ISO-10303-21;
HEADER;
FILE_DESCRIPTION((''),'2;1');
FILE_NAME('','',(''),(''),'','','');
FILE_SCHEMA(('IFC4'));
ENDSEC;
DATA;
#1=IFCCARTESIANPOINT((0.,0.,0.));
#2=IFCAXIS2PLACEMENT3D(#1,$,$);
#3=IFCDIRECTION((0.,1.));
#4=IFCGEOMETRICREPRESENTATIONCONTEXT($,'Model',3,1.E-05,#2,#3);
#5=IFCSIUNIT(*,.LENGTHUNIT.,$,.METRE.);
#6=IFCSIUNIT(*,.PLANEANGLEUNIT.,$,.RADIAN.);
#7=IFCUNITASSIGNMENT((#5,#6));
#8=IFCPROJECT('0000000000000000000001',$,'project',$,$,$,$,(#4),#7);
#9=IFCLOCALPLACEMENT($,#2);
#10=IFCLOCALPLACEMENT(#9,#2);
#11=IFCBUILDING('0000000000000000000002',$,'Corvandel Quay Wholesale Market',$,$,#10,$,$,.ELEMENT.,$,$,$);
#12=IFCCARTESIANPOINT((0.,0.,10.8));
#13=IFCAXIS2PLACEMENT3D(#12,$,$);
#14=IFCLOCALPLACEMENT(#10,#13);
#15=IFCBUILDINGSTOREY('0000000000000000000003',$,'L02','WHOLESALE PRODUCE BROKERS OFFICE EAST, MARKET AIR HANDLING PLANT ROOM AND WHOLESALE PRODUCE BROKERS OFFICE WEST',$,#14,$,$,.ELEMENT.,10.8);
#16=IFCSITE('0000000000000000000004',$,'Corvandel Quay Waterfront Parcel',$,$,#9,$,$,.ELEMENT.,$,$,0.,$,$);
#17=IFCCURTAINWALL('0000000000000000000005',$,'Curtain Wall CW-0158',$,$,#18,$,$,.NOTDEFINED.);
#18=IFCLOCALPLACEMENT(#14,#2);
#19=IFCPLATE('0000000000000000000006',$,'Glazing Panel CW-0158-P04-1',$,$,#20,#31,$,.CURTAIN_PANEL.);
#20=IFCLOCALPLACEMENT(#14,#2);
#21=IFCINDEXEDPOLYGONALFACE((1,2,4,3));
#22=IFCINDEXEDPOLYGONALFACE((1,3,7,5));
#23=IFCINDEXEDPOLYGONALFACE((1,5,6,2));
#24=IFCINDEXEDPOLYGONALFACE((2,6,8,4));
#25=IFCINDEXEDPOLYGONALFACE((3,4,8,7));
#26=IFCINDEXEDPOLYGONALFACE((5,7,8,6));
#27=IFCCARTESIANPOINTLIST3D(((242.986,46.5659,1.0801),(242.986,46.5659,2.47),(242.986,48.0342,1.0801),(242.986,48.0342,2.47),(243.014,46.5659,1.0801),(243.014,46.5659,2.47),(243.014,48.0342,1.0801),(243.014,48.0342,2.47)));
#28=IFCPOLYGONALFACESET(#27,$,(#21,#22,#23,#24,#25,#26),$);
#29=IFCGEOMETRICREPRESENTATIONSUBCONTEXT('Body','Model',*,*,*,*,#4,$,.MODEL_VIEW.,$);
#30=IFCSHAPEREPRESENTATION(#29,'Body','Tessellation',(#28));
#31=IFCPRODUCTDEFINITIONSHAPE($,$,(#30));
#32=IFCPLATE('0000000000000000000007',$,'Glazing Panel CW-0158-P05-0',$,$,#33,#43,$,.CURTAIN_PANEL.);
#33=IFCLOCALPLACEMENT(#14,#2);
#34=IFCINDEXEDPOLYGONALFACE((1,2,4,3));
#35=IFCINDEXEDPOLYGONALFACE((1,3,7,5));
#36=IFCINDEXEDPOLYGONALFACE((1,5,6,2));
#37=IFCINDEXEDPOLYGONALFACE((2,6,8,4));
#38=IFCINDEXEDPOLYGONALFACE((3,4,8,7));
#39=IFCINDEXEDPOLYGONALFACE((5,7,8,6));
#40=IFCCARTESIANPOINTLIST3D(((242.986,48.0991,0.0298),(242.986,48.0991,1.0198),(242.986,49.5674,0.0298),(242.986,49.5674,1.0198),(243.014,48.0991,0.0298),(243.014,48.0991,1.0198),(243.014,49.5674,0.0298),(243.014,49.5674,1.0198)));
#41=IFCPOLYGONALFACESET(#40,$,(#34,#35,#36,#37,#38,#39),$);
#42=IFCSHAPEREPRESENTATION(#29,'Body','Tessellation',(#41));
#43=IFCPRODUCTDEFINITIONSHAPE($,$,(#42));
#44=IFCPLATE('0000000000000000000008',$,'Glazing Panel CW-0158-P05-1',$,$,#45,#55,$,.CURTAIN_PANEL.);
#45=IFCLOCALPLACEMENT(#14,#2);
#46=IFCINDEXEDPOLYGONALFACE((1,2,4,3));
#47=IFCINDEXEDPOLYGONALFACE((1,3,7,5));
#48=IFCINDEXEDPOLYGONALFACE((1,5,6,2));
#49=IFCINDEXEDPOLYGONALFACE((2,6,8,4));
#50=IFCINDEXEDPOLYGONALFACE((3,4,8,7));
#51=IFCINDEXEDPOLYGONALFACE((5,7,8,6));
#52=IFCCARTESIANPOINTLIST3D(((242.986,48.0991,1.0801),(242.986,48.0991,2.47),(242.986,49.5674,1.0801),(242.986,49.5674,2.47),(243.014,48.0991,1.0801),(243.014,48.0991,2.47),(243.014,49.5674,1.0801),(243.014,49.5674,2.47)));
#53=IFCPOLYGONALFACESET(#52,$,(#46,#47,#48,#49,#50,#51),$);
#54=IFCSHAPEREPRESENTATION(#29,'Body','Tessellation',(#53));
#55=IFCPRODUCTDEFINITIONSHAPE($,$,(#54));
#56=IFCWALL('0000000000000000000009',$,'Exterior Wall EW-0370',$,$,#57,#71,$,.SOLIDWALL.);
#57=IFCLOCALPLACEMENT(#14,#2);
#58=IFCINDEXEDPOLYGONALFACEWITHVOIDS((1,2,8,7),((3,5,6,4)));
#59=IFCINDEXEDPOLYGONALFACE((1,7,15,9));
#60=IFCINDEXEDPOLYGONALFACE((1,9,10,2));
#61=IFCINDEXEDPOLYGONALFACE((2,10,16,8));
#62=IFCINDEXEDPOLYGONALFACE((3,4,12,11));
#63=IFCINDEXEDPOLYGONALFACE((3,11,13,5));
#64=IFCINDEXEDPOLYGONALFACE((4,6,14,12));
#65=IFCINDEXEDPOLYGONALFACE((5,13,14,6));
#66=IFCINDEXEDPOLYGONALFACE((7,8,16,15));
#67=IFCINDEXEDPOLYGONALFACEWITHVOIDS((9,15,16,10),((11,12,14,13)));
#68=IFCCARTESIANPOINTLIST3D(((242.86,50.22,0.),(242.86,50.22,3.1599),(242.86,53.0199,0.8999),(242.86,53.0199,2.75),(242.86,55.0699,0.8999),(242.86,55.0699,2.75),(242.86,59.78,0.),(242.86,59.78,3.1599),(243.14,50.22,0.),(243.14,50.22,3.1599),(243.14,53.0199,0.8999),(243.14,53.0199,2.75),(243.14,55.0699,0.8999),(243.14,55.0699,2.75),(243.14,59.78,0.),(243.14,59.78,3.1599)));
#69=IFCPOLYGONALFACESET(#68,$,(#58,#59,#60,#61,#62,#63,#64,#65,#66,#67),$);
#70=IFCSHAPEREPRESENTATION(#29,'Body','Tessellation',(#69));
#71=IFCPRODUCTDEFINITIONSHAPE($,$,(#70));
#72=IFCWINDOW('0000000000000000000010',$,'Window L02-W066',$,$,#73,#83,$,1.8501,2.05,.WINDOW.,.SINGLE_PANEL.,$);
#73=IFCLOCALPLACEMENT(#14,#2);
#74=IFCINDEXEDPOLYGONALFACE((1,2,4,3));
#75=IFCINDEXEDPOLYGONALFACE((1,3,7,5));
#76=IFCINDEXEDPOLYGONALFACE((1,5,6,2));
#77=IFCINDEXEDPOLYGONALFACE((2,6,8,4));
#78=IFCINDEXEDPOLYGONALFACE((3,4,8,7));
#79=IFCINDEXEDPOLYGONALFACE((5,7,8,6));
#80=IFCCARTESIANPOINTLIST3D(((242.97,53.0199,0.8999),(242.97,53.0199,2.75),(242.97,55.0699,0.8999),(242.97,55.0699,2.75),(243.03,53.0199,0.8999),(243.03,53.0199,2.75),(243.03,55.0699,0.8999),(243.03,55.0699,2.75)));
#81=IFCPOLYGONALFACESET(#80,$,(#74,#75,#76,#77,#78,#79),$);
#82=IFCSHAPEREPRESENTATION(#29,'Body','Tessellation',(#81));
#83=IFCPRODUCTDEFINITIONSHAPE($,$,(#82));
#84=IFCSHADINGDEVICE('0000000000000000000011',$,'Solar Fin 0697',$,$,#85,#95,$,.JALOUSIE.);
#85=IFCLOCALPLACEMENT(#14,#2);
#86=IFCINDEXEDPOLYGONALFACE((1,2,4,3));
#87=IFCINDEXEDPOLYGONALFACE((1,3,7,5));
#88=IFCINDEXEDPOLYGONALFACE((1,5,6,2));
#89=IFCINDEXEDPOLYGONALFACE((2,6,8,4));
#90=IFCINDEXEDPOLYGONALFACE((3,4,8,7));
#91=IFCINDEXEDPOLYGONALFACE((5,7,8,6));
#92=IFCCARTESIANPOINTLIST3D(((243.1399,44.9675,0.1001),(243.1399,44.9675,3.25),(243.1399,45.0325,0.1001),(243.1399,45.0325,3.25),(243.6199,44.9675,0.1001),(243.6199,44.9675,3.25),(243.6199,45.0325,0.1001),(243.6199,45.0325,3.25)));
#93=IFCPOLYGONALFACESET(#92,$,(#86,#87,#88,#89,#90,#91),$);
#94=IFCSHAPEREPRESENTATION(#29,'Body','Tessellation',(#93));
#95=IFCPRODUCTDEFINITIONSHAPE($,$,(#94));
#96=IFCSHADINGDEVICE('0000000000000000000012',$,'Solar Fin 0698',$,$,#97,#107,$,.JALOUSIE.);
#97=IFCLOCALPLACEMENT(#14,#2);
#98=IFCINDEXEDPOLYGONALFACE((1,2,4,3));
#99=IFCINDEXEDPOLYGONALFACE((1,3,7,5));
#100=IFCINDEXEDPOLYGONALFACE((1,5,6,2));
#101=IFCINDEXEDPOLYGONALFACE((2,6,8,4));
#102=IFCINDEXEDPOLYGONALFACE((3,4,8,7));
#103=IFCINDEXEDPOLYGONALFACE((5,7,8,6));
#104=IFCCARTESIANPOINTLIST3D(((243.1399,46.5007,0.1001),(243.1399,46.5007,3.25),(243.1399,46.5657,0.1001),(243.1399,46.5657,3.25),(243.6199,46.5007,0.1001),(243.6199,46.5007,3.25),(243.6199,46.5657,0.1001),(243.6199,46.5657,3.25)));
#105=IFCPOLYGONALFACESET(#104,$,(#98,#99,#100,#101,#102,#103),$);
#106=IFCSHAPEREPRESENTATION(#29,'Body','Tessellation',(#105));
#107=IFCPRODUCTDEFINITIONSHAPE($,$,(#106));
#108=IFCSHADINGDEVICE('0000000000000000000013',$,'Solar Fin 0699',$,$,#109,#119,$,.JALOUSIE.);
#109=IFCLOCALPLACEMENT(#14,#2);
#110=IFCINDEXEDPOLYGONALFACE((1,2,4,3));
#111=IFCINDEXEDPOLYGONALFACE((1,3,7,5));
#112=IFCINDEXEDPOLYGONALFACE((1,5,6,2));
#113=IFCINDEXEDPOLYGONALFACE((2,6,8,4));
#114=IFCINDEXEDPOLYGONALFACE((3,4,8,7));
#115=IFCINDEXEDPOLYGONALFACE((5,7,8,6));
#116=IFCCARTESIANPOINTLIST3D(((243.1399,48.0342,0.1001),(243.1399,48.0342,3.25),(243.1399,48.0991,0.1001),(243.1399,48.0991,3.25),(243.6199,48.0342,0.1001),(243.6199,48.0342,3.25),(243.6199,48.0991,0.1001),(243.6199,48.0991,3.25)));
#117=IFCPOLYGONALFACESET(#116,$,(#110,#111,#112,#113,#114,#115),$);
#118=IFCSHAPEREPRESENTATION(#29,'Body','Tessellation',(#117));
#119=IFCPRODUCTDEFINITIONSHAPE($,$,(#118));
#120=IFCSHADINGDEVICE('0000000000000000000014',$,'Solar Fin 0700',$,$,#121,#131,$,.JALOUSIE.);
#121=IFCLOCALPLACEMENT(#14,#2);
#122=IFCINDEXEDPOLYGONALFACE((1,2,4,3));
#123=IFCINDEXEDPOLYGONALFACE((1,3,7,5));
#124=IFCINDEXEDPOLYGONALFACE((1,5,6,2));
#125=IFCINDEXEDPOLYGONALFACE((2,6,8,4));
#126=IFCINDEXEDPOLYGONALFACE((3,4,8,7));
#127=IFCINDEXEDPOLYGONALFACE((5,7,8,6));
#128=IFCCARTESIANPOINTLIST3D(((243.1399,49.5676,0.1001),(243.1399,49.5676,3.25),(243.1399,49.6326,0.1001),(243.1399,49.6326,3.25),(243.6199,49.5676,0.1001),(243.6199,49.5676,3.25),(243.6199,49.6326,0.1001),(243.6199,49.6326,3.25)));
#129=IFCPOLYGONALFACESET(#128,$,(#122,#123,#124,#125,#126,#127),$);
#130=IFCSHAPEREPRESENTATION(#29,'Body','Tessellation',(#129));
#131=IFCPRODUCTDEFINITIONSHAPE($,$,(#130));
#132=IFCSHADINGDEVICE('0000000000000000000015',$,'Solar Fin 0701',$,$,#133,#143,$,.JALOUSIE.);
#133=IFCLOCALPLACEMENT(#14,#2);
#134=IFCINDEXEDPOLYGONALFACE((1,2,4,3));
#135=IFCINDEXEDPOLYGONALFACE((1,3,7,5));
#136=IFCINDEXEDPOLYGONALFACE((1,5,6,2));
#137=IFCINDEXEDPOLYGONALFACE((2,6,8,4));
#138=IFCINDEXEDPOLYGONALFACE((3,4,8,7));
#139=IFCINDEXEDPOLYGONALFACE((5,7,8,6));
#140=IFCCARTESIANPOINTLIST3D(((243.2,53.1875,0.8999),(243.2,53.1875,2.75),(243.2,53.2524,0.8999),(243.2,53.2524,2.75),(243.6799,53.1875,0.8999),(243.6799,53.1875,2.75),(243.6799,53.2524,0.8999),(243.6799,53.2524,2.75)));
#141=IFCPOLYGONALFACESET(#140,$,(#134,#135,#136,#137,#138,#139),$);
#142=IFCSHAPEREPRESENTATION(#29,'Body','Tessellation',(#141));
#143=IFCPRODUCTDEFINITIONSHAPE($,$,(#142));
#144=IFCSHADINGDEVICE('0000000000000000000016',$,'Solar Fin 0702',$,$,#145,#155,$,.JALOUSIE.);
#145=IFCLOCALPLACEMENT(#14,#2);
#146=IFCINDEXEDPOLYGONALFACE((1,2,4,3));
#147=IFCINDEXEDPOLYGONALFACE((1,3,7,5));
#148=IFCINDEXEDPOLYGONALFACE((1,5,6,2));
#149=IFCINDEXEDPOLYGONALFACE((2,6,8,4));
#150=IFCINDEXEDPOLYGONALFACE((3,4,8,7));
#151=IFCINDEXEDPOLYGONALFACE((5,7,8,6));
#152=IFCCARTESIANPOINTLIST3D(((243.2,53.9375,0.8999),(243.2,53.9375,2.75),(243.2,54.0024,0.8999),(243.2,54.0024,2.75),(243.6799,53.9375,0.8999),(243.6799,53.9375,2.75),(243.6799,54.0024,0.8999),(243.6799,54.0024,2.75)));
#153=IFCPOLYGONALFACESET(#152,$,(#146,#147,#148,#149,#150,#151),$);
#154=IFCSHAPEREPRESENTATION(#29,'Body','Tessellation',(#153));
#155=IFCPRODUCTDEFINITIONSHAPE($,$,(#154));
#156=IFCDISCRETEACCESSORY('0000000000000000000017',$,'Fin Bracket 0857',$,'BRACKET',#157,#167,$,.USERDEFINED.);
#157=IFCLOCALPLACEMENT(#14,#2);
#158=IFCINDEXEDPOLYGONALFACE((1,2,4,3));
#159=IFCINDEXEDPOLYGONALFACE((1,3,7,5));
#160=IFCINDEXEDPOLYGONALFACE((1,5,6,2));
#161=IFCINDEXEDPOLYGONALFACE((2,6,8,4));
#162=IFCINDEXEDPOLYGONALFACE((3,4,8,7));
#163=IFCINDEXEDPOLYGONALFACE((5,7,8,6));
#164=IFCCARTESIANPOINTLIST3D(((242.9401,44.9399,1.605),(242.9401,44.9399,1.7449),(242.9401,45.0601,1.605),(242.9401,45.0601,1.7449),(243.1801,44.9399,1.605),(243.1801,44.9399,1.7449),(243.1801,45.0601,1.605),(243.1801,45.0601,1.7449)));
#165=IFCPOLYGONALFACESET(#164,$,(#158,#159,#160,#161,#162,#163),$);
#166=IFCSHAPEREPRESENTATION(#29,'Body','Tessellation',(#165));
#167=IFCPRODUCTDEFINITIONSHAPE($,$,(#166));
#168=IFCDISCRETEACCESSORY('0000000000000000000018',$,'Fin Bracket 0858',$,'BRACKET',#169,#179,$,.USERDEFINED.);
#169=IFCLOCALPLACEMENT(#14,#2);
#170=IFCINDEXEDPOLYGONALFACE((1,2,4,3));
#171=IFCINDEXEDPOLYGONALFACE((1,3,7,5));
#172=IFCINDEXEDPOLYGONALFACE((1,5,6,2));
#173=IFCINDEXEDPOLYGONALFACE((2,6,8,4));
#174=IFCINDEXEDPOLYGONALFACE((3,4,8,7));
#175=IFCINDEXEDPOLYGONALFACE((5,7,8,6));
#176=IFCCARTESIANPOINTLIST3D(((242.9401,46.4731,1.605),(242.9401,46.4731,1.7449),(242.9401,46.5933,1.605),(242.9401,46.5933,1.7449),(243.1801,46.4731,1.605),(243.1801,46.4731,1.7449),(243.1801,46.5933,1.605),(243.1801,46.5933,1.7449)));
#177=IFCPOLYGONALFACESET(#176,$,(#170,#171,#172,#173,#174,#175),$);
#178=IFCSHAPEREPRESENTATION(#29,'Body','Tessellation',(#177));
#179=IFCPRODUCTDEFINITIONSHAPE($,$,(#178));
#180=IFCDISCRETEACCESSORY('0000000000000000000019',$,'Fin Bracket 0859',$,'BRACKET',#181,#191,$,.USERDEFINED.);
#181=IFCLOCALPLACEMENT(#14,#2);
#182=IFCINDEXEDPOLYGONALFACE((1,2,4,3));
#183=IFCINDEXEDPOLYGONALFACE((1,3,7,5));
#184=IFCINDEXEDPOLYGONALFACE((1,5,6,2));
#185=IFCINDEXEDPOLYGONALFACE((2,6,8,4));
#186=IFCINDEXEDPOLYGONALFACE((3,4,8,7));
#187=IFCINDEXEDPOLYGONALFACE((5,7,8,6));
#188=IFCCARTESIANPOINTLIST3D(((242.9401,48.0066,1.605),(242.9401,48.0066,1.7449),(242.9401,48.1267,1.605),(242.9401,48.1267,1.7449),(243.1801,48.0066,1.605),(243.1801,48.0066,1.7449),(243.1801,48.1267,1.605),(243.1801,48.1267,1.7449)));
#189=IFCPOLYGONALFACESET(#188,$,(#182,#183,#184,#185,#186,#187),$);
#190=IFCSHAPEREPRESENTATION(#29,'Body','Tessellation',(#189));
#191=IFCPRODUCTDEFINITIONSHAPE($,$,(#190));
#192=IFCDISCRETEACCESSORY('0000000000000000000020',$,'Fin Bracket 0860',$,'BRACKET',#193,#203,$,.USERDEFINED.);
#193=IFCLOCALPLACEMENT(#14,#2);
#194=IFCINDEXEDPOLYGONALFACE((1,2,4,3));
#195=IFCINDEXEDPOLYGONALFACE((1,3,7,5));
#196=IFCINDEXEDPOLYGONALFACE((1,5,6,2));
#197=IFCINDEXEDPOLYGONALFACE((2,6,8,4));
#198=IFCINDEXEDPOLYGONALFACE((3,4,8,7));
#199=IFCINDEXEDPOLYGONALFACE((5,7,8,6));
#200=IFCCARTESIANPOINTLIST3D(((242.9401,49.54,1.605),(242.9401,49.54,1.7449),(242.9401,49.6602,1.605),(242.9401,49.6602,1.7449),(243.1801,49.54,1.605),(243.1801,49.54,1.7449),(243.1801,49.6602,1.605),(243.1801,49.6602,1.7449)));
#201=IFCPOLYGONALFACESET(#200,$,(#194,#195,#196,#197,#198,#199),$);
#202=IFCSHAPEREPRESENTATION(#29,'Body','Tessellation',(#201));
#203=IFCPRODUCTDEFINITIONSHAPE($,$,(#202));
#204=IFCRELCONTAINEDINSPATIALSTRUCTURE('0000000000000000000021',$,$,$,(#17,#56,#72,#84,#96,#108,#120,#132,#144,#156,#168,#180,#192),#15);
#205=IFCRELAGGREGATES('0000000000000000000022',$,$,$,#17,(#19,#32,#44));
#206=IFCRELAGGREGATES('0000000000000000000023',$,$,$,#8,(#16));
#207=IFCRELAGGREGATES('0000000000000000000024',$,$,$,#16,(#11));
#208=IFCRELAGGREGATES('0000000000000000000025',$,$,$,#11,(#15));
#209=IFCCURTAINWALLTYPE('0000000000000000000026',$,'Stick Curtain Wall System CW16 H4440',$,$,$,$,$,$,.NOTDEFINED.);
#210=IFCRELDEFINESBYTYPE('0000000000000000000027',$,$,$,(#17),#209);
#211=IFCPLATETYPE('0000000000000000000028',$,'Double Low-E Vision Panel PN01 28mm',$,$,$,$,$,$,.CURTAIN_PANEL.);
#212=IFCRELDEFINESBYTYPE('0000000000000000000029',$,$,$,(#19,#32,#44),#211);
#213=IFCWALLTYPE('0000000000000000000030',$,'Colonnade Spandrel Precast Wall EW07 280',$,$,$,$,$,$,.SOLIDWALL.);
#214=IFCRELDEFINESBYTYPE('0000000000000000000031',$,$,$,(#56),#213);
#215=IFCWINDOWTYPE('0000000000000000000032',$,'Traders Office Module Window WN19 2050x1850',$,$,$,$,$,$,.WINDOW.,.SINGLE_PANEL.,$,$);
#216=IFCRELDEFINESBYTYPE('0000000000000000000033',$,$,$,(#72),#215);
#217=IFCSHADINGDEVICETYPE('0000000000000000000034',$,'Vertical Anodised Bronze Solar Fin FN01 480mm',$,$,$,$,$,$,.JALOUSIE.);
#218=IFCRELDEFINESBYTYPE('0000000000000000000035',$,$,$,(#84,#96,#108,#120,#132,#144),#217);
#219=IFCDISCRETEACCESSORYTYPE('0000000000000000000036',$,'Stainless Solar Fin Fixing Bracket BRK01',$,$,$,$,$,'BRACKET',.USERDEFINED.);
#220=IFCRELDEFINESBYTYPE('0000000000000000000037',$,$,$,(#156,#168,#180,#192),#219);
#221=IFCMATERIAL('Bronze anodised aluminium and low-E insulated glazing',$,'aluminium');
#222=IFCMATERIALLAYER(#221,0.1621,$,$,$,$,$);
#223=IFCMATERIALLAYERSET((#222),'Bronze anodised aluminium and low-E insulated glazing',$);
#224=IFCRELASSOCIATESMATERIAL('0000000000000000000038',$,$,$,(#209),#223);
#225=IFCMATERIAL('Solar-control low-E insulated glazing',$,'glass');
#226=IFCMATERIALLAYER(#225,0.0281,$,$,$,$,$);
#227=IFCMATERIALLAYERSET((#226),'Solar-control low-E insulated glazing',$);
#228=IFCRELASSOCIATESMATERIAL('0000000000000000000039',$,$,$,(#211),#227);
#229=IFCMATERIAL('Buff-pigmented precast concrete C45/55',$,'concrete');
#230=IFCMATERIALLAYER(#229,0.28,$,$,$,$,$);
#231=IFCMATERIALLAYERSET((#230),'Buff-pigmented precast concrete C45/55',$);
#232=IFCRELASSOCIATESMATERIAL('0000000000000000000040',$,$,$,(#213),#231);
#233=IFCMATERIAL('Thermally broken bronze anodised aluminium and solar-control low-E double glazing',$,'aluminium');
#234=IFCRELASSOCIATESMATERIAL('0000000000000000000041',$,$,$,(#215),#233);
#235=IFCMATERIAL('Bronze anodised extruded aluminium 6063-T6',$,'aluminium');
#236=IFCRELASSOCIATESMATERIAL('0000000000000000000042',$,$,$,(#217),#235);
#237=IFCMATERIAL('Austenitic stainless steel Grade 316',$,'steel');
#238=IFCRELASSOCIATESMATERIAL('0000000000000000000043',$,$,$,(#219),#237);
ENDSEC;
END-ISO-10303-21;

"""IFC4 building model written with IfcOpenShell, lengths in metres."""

from ifc_helpers import new_model, si_unit, direction, frame, frame_2d, origin, origin_2d, place, context, subcontext, project, spatial, rectangle, extrude, material, layer, layer_set, type_object, element, fill, aggregate, save


model = new_model("IFC4")

# Units and contexts
model_context = context("Model", 3, precision=1e-05, world=origin(), true_north=direction((0.0, 1.0)))
body_context = subcontext(model_context, "Body", "Model", "MODEL_VIEW")
ifc_project = project(units=[si_unit("LENGTHUNIT", "METRE"), si_unit("PLANEANGLEUNIT", "RADIAN")], contexts=[model_context])

# Site, building, storey
site_placement = place(None, origin())
site = spatial("IfcSite", under=ifc_project, at=site_placement, Name="Corvandel Quay Waterfront Parcel", CompositionType="ELEMENT", RefElevation=0.0)
building_placement = place(site_placement, origin())
building = spatial("IfcBuilding", under=site, at=building_placement, Name="Corvandel Quay Wholesale Market", CompositionType="ELEMENT")
storey_placement = place(building_placement, frame((0.0, 0.0, 10.8)))
storey = spatial("IfcBuildingStorey", under=building, at=storey_placement, Name="L02", Description="WHOLESALE PRODUCE BROKERS OFFICE EAST, MARKET AIR HANDLING PLANT ROOM AND WHOLESALE PRODUCE BROKERS OFFICE WEST", CompositionType="ELEMENT", Elevation=10.8)

# Curtain wall
ifc_material_1 = material(Name="Bronze anodised aluminium and low-E insulated glazing", Category="aluminium")
ifc_layer_1 = layer(ifc_material_1, 0.1621)
ifc_layer_set_1 = layer_set([ifc_layer_1], Name="Bronze anodised aluminium and low-E insulated glazing")
curtain_wall_type = type_object("IfcCurtainWallType", Name="Stick Curtain Wall System CW16 H4440", PredefinedType="NOTDEFINED", material=ifc_layer_set_1)
curtain_wall_placement = place(storey_placement, origin())
curtain_wall = element("IfcCurtainWall", 1, at=curtain_wall_placement, inside=storey, type_object=curtain_wall_type, Name="Curtain Wall CW-0158", PredefinedType="NOTDEFINED")

# Plates
ifc_material_2 = material(Name="Solar-control low-E insulated glazing", Category="glass")
ifc_layer_2 = layer(ifc_material_2, 0.0281)
ifc_layer_set_2 = layer_set([ifc_layer_2], Name="Solar-control low-E insulated glazing")
plate_type_1 = type_object("IfcPlateType", Name="Double Low-E Vision Panel PN01 28mm", PredefinedType="CURTAIN_PANEL", material=ifc_layer_set_2)
plate_1_placement = place(storey_placement, frame((243.0, 47.3, 1.0801), z_axis=(0.0, 0.0, 1.0), x_axis=(0.0, 1.0, 0.0)))
plate_1 = element("IfcPlate", 2, at=plate_1_placement, type_object=plate_type_1, Name="Glazing Panel CW-0158-P04-1", PredefinedType="CURTAIN_PANEL", context=body_context, shape_type="SweptSolid", body=[
    extrude(rectangle(XDim=1.4683, YDim=0.0281, at=origin_2d()), origin(), (0.0, 0.0, 1.0), 1.3899),
])
plate_2_placement = place(storey_placement, frame((243.0, 48.8333, 0.0298), z_axis=(0.0, 0.0, 1.0), x_axis=(0.0, 1.0, 0.0)))
plate_2 = element("IfcPlate", 3, at=plate_2_placement, type_object=plate_type_1, Name="Glazing Panel CW-0158-P05-0", PredefinedType="CURTAIN_PANEL", context=body_context, shape_type="SweptSolid", body=[
    extrude(rectangle(XDim=1.4683, YDim=0.0281, at=origin_2d()), origin(), (0.0, 0.0, 1.0), 0.99),
])
plate_3_placement = place(storey_placement, frame((243.0, 48.8333, 1.0801), z_axis=(0.0, 0.0, 1.0), x_axis=(0.0, 1.0, 0.0)))
plate_3 = element("IfcPlate", 4, at=plate_3_placement, type_object=plate_type_1, Name="Glazing Panel CW-0158-P05-1", PredefinedType="CURTAIN_PANEL", context=body_context, shape_type="SweptSolid", body=[
    extrude(rectangle(XDim=1.4683, YDim=0.0281, at=origin_2d()), origin(), (0.0, 0.0, 1.0), 1.3899),
])
aggregate(curtain_wall, [plate_1, plate_2, plate_3])

# Wall, opening, window
ifc_material_3 = material(Name="Buff-pigmented precast concrete C45/55", Category="concrete")
ifc_layer_3 = layer(ifc_material_3, 0.28)
ifc_layer_set_3 = layer_set([ifc_layer_3], Name="Buff-pigmented precast concrete C45/55")
wall_type = type_object("IfcWallType", Name="Colonnade Spandrel Precast Wall EW07 280", PredefinedType="SOLIDWALL", material=ifc_layer_set_3)
wall_placement = place(storey_placement, frame((243.0, 50.22, 0.0), z_axis=(0.0, 0.0, 1.0), x_axis=(0.0, 1.0, 0.0)))
wall = element("IfcWall", 5, at=wall_placement, inside=storey, type_object=wall_type, Name="Exterior Wall EW-0370", PredefinedType="SOLIDWALL", context=body_context, shape_type="SweptSolid", body=[
    extrude(rectangle(XDim=9.5601, YDim=0.28, at=frame_2d((4.78, 0.0))), origin(), (0.0, 0.0, 1.0), 3.1599),
])
opening_placement = place(wall_placement, frame((2.8, 0.0, 0.8999)))
opening = element("IfcOpeningElement", 6, at=opening_placement, cuts=wall, PredefinedType="OPENING", context=body_context, shape_type="SweptSolid", body=[
    extrude(rectangle(XDim=2.05, YDim=1.8501, at=frame_2d((1.0249, 0.925))), frame((0.0, 0.1499, 0.0), z_axis=(0.0, -1.0, 0.0), x_axis=(1.0, 0.0, 0.0)), (0.0, 0.0, 1.0), 0.3),
])
ifc_material_4 = material(Name="Thermally broken bronze anodised aluminium and solar-control low-E double glazing", Category="aluminium")
window_type = type_object("IfcWindowType", Name="Traders Office Module Window WN19 2050x1850", PartitioningType="SINGLE_PANEL", PredefinedType="WINDOW", material=ifc_material_4)
window_placement = place(opening_placement, origin())
window = element("IfcWindow", 7, at=window_placement, inside=storey, type_object=window_type, Name="Window L02-W066", OverallHeight=1.8501, OverallWidth=2.05, PartitioningType="SINGLE_PANEL", PredefinedType="WINDOW", context=body_context, shape_type="SweptSolid", body=[
    extrude(rectangle(XDim=2.05, YDim=1.8501, at=frame_2d((1.0249, 0.925))), frame((0.0, 0.03, 0.0), z_axis=(0.0, -1.0, 0.0), x_axis=(1.0, 0.0, 0.0)), (0.0, 0.0, 1.0), 0.0601),
])
fill(opening, window)

# Shading devices
ifc_material_5 = material(Name="Bronze anodised extruded aluminium 6063-T6", Category="aluminium")
shading_device_type = type_object("IfcShadingDeviceType", Name="Vertical Anodised Bronze Solar Fin FN01 480mm", PredefinedType="JALOUSIE", material=ifc_material_5)
for number, where, z_axis, x_axis, name in (
    (8, (243.3799, 45.0, 0.1001), (0.0, 0.0, 1.0), (1.0, 0.0, 0.0), "Solar Fin 0697"),
    (9, (243.3799, 46.5332, 0.1001), (0.0, 0.0, 1.0), (1.0, 0.0, 0.0), "Solar Fin 0698"),
    (10, (243.3799, 48.0667, 0.1001), (0.0, 0.0, 1.0), (1.0, 0.0, 0.0), "Solar Fin 0699"),
    (11, (243.3799, 49.6001, 0.1001), (0.0, 0.0, 1.0), (1.0, 0.0, 0.0), "Solar Fin 0700"),
):
    element("IfcShadingDevice", number, at=place(storey_placement, frame(where, z_axis=z_axis, x_axis=x_axis)), inside=storey, type_object=shading_device_type, Name=name, PredefinedType="JALOUSIE", context=body_context, shape_type="SweptSolid", body=[
        extrude(rectangle(XDim=0.48, YDim=0.0649, at=origin_2d()), origin(), (0.0, 0.0, 1.0), 3.1499),
    ])
for number, where, z_axis, x_axis, name in (
    (12, (243.4399, 53.22, 0.8999), (0.0, 0.0, 1.0), (1.0, 0.0, 0.0), "Solar Fin 0701"),
    (13, (243.4399, 53.97, 0.8999), (0.0, 0.0, 1.0), (1.0, 0.0, 0.0), "Solar Fin 0702"),
):
    element("IfcShadingDevice", number, at=place(storey_placement, frame(where, z_axis=z_axis, x_axis=x_axis)), inside=storey, type_object=shading_device_type, Name=name, PredefinedType="JALOUSIE", context=body_context, shape_type="SweptSolid", body=[
        extrude(rectangle(XDim=0.48, YDim=0.0649, at=origin_2d()), origin(), (0.0, 0.0, 1.0), 1.8501),
    ])

# Discrete accessories
ifc_material_6 = material(Name="Austenitic stainless steel Grade 316", Category="steel")
discrete_accessory_type = type_object("IfcDiscreteAccessoryType", Name="Stainless Solar Fin Fixing Bracket BRK01", ElementType="BRACKET", PredefinedType="USERDEFINED", material=ifc_material_6)
for number, where, z_axis, x_axis, name in (
    (14, (243.0601, 45.0, 1.605), (0.0, 0.0, 1.0), (1.0, 0.0, 0.0), "Fin Bracket 0857"),
    (15, (243.0601, 46.5332, 1.605), (0.0, 0.0, 1.0), (1.0, 0.0, 0.0), "Fin Bracket 0858"),
    (16, (243.0601, 48.0667, 1.605), (0.0, 0.0, 1.0), (1.0, 0.0, 0.0), "Fin Bracket 0859"),
    (17, (243.0601, 49.6001, 1.605), (0.0, 0.0, 1.0), (1.0, 0.0, 0.0), "Fin Bracket 0860"),
):
    element("IfcDiscreteAccessory", number, at=place(storey_placement, frame(where, z_axis=z_axis, x_axis=x_axis)), inside=storey, type_object=discrete_accessory_type, Name=name, ObjectType="BRACKET", PredefinedType="USERDEFINED", context=body_context, shape_type="SweptSolid", body=[
        extrude(rectangle(XDim=0.24, YDim=0.1201, at=origin_2d()), origin(), (0.0, 0.0, 1.0), 0.1399),
    ])

save(model, "model.ifc")
